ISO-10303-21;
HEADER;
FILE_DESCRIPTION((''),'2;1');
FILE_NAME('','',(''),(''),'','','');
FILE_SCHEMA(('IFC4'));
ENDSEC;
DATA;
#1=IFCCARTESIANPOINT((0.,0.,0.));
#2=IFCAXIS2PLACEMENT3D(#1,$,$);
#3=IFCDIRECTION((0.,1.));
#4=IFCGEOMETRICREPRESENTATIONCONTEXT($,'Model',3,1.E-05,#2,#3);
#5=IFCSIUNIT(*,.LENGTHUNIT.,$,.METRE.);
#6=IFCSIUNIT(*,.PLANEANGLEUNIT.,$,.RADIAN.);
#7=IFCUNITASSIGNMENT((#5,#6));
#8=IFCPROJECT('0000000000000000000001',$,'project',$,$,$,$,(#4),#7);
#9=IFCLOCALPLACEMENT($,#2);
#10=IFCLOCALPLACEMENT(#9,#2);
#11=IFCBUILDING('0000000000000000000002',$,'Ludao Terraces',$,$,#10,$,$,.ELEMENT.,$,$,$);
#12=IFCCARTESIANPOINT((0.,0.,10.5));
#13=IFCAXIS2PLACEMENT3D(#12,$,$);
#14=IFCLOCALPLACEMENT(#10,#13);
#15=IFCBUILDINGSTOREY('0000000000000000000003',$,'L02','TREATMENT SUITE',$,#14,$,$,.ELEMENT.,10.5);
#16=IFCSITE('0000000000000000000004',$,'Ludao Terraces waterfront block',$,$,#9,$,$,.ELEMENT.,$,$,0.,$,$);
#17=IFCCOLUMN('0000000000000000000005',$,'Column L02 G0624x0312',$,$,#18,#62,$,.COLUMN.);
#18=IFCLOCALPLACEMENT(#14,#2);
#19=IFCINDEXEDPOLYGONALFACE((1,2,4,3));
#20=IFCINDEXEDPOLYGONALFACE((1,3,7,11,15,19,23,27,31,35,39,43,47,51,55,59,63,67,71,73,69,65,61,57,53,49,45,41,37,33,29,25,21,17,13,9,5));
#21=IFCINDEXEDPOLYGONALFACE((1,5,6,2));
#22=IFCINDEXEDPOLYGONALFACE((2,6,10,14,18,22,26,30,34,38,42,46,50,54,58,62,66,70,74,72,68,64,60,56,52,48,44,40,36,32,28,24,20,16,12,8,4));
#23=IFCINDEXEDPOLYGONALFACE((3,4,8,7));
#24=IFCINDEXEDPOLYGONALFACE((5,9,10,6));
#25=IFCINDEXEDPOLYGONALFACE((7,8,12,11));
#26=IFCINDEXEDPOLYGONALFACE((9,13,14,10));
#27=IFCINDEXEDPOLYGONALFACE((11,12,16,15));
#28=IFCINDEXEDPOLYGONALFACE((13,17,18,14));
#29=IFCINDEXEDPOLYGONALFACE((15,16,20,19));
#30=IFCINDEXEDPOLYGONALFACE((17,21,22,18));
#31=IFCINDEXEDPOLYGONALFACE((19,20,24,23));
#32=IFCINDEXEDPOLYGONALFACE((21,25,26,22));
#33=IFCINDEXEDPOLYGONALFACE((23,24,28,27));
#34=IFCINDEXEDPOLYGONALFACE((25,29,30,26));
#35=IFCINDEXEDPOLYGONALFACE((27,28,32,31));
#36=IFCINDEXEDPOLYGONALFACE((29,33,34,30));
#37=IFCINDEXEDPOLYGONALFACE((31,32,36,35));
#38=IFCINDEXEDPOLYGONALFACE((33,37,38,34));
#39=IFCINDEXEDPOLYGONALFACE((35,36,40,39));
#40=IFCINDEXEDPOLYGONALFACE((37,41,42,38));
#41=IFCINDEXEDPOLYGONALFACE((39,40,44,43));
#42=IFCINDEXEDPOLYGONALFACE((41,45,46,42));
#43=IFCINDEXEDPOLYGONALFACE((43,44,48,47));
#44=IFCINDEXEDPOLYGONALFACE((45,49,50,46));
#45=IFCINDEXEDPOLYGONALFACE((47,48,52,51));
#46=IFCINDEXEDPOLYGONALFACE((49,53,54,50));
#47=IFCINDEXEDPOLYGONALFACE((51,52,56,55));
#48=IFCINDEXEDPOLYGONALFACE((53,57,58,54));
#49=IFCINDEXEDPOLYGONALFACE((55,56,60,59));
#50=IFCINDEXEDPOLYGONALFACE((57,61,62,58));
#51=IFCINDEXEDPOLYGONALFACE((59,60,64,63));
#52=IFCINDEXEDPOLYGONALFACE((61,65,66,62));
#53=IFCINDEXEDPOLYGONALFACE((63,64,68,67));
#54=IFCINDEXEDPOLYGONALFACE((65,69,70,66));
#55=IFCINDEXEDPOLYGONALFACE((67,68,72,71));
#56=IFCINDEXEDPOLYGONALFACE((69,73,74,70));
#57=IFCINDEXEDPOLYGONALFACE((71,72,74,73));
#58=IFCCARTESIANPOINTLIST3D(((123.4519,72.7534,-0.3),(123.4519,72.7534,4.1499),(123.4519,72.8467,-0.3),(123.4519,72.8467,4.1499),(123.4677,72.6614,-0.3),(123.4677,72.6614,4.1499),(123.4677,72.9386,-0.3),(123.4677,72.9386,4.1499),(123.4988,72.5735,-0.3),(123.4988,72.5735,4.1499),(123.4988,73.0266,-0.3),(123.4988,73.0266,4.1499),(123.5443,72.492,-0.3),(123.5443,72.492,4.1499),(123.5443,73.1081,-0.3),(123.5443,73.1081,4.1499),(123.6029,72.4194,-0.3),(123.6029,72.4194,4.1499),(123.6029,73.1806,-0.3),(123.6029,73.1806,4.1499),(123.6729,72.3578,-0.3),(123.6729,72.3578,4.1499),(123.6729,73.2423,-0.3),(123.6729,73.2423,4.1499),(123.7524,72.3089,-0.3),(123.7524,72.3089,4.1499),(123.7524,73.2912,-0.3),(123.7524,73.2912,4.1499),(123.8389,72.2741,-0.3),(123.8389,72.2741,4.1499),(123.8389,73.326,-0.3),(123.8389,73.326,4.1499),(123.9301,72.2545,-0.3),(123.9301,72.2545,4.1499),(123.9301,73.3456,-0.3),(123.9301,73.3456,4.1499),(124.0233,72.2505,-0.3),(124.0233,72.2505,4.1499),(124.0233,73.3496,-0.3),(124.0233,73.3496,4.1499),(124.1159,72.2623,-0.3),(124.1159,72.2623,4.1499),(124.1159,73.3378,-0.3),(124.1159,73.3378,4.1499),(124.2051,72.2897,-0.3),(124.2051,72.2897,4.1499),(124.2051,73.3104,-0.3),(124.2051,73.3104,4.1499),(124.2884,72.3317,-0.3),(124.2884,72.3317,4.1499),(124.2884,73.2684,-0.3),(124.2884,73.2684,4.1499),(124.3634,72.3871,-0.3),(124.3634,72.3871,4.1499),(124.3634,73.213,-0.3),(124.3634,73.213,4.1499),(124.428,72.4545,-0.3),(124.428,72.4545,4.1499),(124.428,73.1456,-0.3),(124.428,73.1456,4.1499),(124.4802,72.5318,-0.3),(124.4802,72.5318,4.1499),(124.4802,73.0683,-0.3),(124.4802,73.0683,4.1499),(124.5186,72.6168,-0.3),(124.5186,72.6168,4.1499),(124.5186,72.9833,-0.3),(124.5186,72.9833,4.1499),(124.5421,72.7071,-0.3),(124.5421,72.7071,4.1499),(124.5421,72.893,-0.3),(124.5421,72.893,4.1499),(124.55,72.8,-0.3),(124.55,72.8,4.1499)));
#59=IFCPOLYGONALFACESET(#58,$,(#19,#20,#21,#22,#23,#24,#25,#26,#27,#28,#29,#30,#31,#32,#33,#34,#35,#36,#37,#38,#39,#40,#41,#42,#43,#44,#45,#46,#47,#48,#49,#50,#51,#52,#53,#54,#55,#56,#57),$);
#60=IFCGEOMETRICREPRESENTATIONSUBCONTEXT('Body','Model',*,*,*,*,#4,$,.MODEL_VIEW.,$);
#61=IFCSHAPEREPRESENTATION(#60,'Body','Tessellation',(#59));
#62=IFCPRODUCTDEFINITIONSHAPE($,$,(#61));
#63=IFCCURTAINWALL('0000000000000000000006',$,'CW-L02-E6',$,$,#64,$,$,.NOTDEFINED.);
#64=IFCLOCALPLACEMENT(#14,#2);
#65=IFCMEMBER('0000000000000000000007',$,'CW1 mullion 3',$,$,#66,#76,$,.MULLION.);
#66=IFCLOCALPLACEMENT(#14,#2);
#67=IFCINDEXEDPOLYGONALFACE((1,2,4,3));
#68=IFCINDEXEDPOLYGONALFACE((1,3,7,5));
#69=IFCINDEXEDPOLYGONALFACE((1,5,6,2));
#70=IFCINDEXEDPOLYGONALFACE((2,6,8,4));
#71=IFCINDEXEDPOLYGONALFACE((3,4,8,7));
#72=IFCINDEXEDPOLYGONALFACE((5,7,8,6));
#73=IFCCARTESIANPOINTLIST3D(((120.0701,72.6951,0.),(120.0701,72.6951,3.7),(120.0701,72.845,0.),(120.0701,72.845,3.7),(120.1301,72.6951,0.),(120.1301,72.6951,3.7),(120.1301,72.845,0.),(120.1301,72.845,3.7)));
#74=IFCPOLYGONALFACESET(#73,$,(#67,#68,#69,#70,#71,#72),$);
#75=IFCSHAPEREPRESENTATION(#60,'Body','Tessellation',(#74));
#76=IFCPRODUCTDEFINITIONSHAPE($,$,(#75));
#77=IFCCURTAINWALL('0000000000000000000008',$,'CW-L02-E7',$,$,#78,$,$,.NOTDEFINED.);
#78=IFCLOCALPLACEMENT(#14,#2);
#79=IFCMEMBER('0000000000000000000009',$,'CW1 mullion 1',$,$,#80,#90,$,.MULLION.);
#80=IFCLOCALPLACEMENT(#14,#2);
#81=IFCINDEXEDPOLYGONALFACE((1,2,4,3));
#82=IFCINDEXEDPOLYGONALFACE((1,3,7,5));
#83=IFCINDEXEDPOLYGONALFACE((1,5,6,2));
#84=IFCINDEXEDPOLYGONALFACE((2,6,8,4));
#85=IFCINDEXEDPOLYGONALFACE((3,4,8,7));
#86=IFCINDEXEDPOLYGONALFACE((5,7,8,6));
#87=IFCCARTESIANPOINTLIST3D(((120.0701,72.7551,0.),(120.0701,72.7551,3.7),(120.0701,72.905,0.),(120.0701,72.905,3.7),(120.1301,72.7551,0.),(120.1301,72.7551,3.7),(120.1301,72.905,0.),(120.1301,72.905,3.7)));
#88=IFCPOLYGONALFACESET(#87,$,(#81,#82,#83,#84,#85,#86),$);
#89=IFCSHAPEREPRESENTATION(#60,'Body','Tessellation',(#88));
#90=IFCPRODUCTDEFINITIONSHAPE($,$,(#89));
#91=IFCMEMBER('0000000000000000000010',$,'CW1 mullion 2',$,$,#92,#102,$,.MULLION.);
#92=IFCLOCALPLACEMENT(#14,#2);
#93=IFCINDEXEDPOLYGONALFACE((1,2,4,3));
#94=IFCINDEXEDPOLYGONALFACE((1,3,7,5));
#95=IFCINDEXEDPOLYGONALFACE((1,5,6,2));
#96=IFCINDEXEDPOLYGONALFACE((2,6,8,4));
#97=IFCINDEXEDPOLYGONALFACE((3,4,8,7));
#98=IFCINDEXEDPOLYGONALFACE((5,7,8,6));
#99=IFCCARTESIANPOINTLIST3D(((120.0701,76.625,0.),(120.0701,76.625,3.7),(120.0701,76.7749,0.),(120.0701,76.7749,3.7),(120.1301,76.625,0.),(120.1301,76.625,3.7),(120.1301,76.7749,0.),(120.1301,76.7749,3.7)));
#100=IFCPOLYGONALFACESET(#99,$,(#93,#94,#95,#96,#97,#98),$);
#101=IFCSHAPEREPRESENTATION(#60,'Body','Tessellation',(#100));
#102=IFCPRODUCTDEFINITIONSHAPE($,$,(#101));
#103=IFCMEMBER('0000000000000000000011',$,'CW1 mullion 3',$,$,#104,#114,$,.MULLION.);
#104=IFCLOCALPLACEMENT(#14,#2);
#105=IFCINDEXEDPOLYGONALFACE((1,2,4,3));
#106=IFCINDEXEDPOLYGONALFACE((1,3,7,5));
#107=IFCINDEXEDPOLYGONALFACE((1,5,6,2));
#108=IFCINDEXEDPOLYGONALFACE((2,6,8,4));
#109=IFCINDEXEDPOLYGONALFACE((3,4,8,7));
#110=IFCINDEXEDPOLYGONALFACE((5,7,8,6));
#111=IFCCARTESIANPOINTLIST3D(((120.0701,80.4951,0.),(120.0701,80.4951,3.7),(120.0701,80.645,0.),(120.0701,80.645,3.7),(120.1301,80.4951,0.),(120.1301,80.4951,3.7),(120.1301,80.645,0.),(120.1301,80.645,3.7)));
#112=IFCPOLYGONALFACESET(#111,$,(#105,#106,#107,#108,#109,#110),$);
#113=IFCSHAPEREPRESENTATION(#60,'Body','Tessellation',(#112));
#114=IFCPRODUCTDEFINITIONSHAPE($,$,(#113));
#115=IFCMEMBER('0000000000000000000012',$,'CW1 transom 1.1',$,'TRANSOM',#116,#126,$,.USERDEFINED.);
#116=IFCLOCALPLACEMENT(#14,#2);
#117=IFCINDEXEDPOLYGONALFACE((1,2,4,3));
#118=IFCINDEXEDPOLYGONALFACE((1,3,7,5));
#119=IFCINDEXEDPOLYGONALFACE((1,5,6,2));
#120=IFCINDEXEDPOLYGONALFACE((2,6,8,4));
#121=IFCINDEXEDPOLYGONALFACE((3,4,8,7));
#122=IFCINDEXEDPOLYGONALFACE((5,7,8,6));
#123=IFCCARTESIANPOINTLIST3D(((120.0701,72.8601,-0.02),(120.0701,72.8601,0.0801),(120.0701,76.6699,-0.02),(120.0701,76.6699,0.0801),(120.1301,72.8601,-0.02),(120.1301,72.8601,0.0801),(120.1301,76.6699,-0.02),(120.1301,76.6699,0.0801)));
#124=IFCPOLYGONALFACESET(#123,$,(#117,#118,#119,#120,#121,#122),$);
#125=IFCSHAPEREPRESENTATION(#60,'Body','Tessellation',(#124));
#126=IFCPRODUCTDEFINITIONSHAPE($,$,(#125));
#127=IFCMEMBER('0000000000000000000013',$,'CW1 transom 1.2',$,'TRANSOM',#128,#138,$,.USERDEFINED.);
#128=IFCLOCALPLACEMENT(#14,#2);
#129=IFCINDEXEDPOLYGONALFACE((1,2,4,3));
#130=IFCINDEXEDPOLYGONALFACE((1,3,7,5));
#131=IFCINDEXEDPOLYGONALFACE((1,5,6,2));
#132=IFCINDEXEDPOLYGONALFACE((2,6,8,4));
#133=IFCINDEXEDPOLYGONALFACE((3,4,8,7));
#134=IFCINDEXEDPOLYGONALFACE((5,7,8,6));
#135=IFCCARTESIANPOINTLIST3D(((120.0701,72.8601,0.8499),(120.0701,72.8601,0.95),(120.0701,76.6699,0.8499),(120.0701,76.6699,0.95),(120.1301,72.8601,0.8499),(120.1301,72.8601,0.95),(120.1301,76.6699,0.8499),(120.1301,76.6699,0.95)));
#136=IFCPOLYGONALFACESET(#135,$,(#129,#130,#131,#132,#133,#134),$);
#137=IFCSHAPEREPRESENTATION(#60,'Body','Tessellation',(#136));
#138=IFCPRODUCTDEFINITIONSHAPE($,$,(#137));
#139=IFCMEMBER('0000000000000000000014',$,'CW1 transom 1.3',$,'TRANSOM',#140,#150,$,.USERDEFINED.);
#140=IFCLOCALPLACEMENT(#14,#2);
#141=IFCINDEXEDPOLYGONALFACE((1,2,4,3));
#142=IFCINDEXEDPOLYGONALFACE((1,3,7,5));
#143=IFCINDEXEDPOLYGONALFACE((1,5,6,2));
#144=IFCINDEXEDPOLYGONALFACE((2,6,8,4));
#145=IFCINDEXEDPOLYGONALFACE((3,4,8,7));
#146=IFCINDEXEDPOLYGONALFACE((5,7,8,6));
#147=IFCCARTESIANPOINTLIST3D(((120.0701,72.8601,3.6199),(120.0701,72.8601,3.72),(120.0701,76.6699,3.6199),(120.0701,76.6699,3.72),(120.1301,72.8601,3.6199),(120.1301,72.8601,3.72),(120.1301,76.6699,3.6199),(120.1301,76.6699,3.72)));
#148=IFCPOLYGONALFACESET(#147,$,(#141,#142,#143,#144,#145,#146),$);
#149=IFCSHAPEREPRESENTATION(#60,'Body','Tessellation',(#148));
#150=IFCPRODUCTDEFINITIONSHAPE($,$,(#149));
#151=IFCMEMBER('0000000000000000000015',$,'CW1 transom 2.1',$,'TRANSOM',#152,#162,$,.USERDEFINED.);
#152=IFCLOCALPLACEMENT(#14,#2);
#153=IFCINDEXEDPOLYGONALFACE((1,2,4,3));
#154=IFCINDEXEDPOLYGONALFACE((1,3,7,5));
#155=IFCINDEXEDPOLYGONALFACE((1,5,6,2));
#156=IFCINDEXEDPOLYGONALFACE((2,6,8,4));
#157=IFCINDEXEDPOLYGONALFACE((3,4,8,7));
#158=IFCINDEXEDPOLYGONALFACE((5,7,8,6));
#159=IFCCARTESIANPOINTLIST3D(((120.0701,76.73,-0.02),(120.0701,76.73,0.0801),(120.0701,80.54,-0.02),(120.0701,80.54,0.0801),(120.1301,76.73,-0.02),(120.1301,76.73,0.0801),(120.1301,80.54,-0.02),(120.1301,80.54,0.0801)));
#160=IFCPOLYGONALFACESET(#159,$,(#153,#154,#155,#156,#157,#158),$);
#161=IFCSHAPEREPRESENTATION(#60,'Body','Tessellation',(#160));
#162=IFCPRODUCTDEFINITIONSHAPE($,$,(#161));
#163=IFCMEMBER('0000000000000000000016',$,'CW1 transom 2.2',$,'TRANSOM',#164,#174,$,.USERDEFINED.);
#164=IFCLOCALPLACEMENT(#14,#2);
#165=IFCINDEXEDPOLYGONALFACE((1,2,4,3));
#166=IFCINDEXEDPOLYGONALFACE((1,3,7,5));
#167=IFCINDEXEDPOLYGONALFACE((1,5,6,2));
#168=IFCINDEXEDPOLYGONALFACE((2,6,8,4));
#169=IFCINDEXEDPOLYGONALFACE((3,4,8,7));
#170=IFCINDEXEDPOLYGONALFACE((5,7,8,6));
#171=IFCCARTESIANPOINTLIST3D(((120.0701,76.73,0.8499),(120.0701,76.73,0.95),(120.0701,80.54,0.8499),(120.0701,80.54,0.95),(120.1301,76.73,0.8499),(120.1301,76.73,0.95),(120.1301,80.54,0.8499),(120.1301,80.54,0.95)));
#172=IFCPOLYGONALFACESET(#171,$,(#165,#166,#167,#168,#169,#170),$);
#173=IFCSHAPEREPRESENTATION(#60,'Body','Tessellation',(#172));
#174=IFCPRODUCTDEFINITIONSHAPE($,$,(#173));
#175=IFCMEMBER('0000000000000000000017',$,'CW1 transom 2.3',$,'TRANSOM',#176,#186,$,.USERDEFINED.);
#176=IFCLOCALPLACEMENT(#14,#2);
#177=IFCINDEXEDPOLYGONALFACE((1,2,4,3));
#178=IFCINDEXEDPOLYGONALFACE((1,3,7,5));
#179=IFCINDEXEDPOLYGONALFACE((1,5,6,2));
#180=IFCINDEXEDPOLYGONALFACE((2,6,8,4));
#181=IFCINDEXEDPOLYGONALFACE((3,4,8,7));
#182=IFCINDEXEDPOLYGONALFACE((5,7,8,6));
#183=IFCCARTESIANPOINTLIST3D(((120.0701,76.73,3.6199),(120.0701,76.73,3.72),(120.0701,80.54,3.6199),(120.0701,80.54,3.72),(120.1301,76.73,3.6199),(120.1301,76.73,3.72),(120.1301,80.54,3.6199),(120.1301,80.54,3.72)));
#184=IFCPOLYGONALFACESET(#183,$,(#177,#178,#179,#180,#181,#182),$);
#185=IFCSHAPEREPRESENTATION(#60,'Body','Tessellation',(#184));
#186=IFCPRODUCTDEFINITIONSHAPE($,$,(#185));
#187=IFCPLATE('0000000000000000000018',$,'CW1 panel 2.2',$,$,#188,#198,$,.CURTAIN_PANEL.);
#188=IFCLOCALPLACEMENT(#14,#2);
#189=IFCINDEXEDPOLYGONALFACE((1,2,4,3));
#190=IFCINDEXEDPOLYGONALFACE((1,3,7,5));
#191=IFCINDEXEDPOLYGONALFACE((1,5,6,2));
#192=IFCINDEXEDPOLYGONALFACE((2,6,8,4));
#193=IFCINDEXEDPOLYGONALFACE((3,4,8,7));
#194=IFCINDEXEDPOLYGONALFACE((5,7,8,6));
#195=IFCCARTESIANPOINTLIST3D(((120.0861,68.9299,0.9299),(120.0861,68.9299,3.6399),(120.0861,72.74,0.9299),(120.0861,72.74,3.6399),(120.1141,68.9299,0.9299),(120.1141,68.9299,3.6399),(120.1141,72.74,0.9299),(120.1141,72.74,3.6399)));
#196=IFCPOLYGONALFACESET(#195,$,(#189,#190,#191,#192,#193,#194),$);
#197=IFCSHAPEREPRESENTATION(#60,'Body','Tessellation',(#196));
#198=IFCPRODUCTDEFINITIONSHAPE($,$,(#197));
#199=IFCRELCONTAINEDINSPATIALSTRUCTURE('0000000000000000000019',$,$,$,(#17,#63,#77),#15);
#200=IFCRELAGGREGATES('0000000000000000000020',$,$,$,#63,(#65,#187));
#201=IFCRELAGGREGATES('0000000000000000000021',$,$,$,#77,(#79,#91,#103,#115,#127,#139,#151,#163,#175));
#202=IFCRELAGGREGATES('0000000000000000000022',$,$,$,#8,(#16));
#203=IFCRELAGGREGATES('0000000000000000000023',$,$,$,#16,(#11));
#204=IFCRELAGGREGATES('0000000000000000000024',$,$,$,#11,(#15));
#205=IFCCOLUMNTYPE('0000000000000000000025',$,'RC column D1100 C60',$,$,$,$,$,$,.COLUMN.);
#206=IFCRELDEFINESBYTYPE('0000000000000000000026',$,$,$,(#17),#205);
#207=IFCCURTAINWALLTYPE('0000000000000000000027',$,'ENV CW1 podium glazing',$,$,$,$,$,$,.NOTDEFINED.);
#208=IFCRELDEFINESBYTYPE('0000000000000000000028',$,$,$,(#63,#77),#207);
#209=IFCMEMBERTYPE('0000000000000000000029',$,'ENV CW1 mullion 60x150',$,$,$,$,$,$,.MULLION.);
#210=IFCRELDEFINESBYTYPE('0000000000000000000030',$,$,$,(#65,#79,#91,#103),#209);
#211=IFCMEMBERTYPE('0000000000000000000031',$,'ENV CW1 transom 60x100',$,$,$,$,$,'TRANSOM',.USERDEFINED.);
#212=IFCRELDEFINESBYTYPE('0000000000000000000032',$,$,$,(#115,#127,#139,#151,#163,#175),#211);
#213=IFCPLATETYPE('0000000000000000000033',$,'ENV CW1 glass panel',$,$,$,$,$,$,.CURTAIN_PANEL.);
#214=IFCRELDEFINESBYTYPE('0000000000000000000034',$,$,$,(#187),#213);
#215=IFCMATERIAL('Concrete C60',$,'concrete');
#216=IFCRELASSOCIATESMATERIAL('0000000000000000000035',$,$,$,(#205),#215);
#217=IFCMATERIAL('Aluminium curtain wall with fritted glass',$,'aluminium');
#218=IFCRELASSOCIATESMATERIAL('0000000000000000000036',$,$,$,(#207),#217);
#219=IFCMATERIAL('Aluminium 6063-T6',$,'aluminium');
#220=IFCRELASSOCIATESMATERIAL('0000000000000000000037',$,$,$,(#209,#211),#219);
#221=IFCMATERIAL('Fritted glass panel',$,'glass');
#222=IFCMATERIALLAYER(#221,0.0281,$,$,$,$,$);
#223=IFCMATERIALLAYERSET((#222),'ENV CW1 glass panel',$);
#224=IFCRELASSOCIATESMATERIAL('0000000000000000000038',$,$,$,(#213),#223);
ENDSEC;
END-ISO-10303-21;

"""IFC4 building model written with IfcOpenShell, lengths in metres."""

from ifc_helpers import new_model, si_unit, direction, frame, origin, origin_2d, place, context, subcontext, project, spatial, rectangle, circle, extrude, material, layer, layer_set, material_profile, profile_set, type_object, element, aggregate, save


model = new_model("IFC4")

# Units and contexts
model_context = context("Model", 3, precision=1e-05, world=origin(), true_north=direction((0.0, 1.0)))
body_context = subcontext(model_context, "Body", "Model", "MODEL_VIEW")
ifc_project = project(units=[si_unit("LENGTHUNIT", "METRE"), si_unit("PLANEANGLEUNIT", "RADIAN")], contexts=[model_context])

# Site, building, storey
site_placement = place(None, origin())
site = spatial("IfcSite", under=ifc_project, at=site_placement, Name="Ludao Terraces waterfront block", CompositionType="ELEMENT", RefElevation=0.0)
building_placement = place(site_placement, origin())
building = spatial("IfcBuilding", under=site, at=building_placement, Name="Ludao Terraces", CompositionType="ELEMENT")
storey_placement = place(building_placement, frame((0.0, 0.0, 10.5)))
storey = spatial("IfcBuildingStorey", under=building, at=storey_placement, Name="L02", Description="TREATMENT SUITE", CompositionType="ELEMENT", Elevation=10.5)

# Column
ifc_material_1 = material(Name="Concrete C60", Category="concrete")
ifc_material_profile_1 = material_profile(ifc_material_1, circle(Radius=0.55, at=origin_2d()), Name="D1100")
ifc_profile_set_1 = profile_set([ifc_material_profile_1], Name="Concrete C60")
column_type = type_object("IfcColumnType", Name="RC column D1100 C60", PredefinedType="COLUMN", material=ifc_profile_set_1)
column_placement = place(storey_placement, frame((124.0, 72.8, -0.3), z_axis=(0.0, 0.0, 1.0), x_axis=(1.0, 0.0, 0.0)))
element("IfcColumn", 1, at=column_placement, inside=storey, type_object=column_type, Name="Column L02 G0624x0312", PredefinedType="COLUMN", context=body_context, shape_type="SweptSolid", body=[
    extrude(circle(Radius=0.55, at=origin_2d()), origin(), (0.0, 0.0, 1.0), 4.45),
])

# Curtain wall, member
ifc_material_2 = material(Name="Aluminium curtain wall with fritted glass", Category="aluminium")
curtain_wall_type = type_object("IfcCurtainWallType", Name="ENV CW1 podium glazing", PredefinedType="NOTDEFINED", material=ifc_material_2)
curtain_wall_1_placement = place(storey_placement, origin())
curtain_wall_1 = element("IfcCurtainWall", 2, at=curtain_wall_1_placement, inside=storey, type_object=curtain_wall_type, Name="CW-L02-E6", PredefinedType="NOTDEFINED")
ifc_material_3 = material(Name="Aluminium 6063-T6", Category="aluminium")
ifc_material_profile_2 = material_profile(ifc_material_3, rectangle(XDim=0.0601, YDim=0.1499, at=origin_2d()), Name="60 X 150")
ifc_profile_set_2 = profile_set([ifc_material_profile_2], Name="Aluminium 6063-T6")
member_type_1 = type_object("IfcMemberType", Name="ENV CW1 mullion 60x150", PredefinedType="MULLION", material=ifc_profile_set_2)
member_1_placement = place(storey_placement, frame((120.1001, 72.77, 0.0), z_axis=(0.0, 0.0, 1.0), x_axis=(-1.0, 0.0, 0.0)))
member_1 = element("IfcMember", 3, at=member_1_placement, type_object=member_type_1, Name="CW1 mullion 3", PredefinedType="MULLION", context=body_context, shape_type="SweptSolid", body=[
    extrude(rectangle(XDim=0.0601, YDim=0.1499, at=origin_2d()), origin(), (0.0, 0.0, 1.0), 3.7),
])

# Curtain wall, members
curtain_wall_2_placement = place(storey_placement, origin())
curtain_wall_2 = element("IfcCurtainWall", 4, at=curtain_wall_2_placement, inside=storey, type_object=curtain_wall_type, Name="CW-L02-E7", PredefinedType="NOTDEFINED")
member_2_placement = place(storey_placement, frame((120.1001, 72.8301, 0.0), z_axis=(0.0, 0.0, 1.0), x_axis=(-1.0, 0.0, 0.0)))
member_2 = element("IfcMember", 5, at=member_2_placement, type_object=member_type_1, Name="CW1 mullion 1", PredefinedType="MULLION", context=body_context, shape_type="SweptSolid", body=[
    extrude(rectangle(XDim=0.0601, YDim=0.1499, at=origin_2d()), origin(), (0.0, 0.0, 1.0), 3.7),
])
member_3_placement = place(storey_placement, frame((120.1001, 76.7, 0.0), z_axis=(0.0, 0.0, 1.0), x_axis=(-1.0, 0.0, 0.0)))
member_3 = element("IfcMember", 6, at=member_3_placement, type_object=member_type_1, Name="CW1 mullion 2", PredefinedType="MULLION", context=body_context, shape_type="SweptSolid", body=[
    extrude(rectangle(XDim=0.0601, YDim=0.1499, at=origin_2d()), origin(), (0.0, 0.0, 1.0), 3.7),
])
member_4_placement = place(storey_placement, frame((120.1001, 80.5701, 0.0), z_axis=(0.0, 0.0, 1.0), x_axis=(-1.0, 0.0, 0.0)))
member_4 = element("IfcMember", 7, at=member_4_placement, type_object=member_type_1, Name="CW1 mullion 3", PredefinedType="MULLION", context=body_context, shape_type="SweptSolid", body=[
    extrude(rectangle(XDim=0.0601, YDim=0.1499, at=origin_2d()), origin(), (0.0, 0.0, 1.0), 3.7),
])
ifc_material_profile_3 = material_profile(ifc_material_3, rectangle(XDim=0.0601, YDim=0.1001, at=origin_2d()), Name="60 X 100")
ifc_profile_set_3 = profile_set([ifc_material_profile_3], Name="Aluminium 6063-T6")
member_type_2 = type_object("IfcMemberType", Name="ENV CW1 transom 60x100", ElementType="TRANSOM", PredefinedType="USERDEFINED", material=ifc_profile_set_3)
member_5_placement = place(storey_placement, frame((120.1001, 72.8601, 0.03), z_axis=(0.0, 1.0, 0.0), x_axis=(-1.0, 0.0, 0.0)))
member_5 = element("IfcMember", 8, at=member_5_placement, type_object=member_type_2, Name="CW1 transom 1.1", ObjectType="TRANSOM", PredefinedType="USERDEFINED", context=body_context, shape_type="SweptSolid", body=[
    extrude(rectangle(XDim=0.0601, YDim=0.1001, at=origin_2d()), origin(), (0.0, 0.0, 1.0), 3.8098),
])
member_6_placement = place(storey_placement, frame((120.1001, 72.8601, 0.8999), z_axis=(0.0, 1.0, 0.0), x_axis=(-1.0, 0.0, 0.0)))
member_6 = element("IfcMember", 9, at=member_6_placement, type_object=member_type_2, Name="CW1 transom 1.2", ObjectType="TRANSOM", PredefinedType="USERDEFINED", context=body_context, shape_type="SweptSolid", body=[
    extrude(rectangle(XDim=0.0601, YDim=0.1001, at=origin_2d()), origin(), (0.0, 0.0, 1.0), 3.8098),
])
member_7_placement = place(storey_placement, frame((120.1001, 72.8601, 3.6699), z_axis=(0.0, 1.0, 0.0), x_axis=(-1.0, 0.0, 0.0)))
member_7 = element("IfcMember", 10, at=member_7_placement, type_object=member_type_2, Name="CW1 transom 1.3", ObjectType="TRANSOM", PredefinedType="USERDEFINED", context=body_context, shape_type="SweptSolid", body=[
    extrude(rectangle(XDim=0.0601, YDim=0.1001, at=origin_2d()), origin(), (0.0, 0.0, 1.0), 3.8098),
])
member_8_placement = place(storey_placement, frame((120.1001, 76.73, 0.03), z_axis=(0.0, 1.0, 0.0), x_axis=(-1.0, 0.0, 0.0)))
member_8 = element("IfcMember", 11, at=member_8_placement, type_object=member_type_2, Name="CW1 transom 2.1", ObjectType="TRANSOM", PredefinedType="USERDEFINED", context=body_context, shape_type="SweptSolid", body=[
    extrude(rectangle(XDim=0.0601, YDim=0.1001, at=origin_2d()), origin(), (0.0, 0.0, 1.0), 3.8101),
])
member_9_placement = place(storey_placement, frame((120.1001, 76.73, 0.8999), z_axis=(0.0, 1.0, 0.0), x_axis=(-1.0, 0.0, 0.0)))
member_9 = element("IfcMember", 12, at=member_9_placement, type_object=member_type_2, Name="CW1 transom 2.2", ObjectType="TRANSOM", PredefinedType="USERDEFINED", context=body_context, shape_type="SweptSolid", body=[
    extrude(rectangle(XDim=0.0601, YDim=0.1001, at=origin_2d()), origin(), (0.0, 0.0, 1.0), 3.8101),
])
member_10_placement = place(storey_placement, frame((120.1001, 76.73, 3.6699), z_axis=(0.0, 1.0, 0.0), x_axis=(-1.0, 0.0, 0.0)))
member_10 = element("IfcMember", 13, at=member_10_placement, type_object=member_type_2, Name="CW1 transom 2.3", ObjectType="TRANSOM", PredefinedType="USERDEFINED", context=body_context, shape_type="SweptSolid", body=[
    extrude(rectangle(XDim=0.0601, YDim=0.1001, at=origin_2d()), origin(), (0.0, 0.0, 1.0), 3.8101),
])

# Plate
ifc_material_4 = material(Name="Fritted glass panel", Category="glass")
ifc_layer_1 = layer(ifc_material_4, 0.0281)
ifc_layer_set_1 = layer_set([ifc_layer_1], Name="ENV CW1 glass panel")
plate_type = type_object("IfcPlateType", Name="ENV CW1 glass panel", PredefinedType="CURTAIN_PANEL", material=ifc_layer_set_1)
plate_1_placement = place(storey_placement, frame((120.1001, 70.835, 0.9299), z_axis=(0.0, 0.0, 1.0), x_axis=(0.0, 1.0, 0.0)))
plate_1 = element("IfcPlate", 14, at=plate_1_placement, type_object=plate_type, Name="CW1 panel 2.2", PredefinedType="CURTAIN_PANEL", context=body_context, shape_type="SweptSolid", body=[
    extrude(rectangle(XDim=3.8101, YDim=0.0281, at=origin_2d()), origin(), (0.0, 0.0, 1.0), 2.71),
])
aggregate(curtain_wall_1, [member_1, plate_1])
aggregate(curtain_wall_2, [member_2, member_3, member_4, member_5, member_6, member_7, member_8, member_9, member_10])

save(model, "model.ifc")
